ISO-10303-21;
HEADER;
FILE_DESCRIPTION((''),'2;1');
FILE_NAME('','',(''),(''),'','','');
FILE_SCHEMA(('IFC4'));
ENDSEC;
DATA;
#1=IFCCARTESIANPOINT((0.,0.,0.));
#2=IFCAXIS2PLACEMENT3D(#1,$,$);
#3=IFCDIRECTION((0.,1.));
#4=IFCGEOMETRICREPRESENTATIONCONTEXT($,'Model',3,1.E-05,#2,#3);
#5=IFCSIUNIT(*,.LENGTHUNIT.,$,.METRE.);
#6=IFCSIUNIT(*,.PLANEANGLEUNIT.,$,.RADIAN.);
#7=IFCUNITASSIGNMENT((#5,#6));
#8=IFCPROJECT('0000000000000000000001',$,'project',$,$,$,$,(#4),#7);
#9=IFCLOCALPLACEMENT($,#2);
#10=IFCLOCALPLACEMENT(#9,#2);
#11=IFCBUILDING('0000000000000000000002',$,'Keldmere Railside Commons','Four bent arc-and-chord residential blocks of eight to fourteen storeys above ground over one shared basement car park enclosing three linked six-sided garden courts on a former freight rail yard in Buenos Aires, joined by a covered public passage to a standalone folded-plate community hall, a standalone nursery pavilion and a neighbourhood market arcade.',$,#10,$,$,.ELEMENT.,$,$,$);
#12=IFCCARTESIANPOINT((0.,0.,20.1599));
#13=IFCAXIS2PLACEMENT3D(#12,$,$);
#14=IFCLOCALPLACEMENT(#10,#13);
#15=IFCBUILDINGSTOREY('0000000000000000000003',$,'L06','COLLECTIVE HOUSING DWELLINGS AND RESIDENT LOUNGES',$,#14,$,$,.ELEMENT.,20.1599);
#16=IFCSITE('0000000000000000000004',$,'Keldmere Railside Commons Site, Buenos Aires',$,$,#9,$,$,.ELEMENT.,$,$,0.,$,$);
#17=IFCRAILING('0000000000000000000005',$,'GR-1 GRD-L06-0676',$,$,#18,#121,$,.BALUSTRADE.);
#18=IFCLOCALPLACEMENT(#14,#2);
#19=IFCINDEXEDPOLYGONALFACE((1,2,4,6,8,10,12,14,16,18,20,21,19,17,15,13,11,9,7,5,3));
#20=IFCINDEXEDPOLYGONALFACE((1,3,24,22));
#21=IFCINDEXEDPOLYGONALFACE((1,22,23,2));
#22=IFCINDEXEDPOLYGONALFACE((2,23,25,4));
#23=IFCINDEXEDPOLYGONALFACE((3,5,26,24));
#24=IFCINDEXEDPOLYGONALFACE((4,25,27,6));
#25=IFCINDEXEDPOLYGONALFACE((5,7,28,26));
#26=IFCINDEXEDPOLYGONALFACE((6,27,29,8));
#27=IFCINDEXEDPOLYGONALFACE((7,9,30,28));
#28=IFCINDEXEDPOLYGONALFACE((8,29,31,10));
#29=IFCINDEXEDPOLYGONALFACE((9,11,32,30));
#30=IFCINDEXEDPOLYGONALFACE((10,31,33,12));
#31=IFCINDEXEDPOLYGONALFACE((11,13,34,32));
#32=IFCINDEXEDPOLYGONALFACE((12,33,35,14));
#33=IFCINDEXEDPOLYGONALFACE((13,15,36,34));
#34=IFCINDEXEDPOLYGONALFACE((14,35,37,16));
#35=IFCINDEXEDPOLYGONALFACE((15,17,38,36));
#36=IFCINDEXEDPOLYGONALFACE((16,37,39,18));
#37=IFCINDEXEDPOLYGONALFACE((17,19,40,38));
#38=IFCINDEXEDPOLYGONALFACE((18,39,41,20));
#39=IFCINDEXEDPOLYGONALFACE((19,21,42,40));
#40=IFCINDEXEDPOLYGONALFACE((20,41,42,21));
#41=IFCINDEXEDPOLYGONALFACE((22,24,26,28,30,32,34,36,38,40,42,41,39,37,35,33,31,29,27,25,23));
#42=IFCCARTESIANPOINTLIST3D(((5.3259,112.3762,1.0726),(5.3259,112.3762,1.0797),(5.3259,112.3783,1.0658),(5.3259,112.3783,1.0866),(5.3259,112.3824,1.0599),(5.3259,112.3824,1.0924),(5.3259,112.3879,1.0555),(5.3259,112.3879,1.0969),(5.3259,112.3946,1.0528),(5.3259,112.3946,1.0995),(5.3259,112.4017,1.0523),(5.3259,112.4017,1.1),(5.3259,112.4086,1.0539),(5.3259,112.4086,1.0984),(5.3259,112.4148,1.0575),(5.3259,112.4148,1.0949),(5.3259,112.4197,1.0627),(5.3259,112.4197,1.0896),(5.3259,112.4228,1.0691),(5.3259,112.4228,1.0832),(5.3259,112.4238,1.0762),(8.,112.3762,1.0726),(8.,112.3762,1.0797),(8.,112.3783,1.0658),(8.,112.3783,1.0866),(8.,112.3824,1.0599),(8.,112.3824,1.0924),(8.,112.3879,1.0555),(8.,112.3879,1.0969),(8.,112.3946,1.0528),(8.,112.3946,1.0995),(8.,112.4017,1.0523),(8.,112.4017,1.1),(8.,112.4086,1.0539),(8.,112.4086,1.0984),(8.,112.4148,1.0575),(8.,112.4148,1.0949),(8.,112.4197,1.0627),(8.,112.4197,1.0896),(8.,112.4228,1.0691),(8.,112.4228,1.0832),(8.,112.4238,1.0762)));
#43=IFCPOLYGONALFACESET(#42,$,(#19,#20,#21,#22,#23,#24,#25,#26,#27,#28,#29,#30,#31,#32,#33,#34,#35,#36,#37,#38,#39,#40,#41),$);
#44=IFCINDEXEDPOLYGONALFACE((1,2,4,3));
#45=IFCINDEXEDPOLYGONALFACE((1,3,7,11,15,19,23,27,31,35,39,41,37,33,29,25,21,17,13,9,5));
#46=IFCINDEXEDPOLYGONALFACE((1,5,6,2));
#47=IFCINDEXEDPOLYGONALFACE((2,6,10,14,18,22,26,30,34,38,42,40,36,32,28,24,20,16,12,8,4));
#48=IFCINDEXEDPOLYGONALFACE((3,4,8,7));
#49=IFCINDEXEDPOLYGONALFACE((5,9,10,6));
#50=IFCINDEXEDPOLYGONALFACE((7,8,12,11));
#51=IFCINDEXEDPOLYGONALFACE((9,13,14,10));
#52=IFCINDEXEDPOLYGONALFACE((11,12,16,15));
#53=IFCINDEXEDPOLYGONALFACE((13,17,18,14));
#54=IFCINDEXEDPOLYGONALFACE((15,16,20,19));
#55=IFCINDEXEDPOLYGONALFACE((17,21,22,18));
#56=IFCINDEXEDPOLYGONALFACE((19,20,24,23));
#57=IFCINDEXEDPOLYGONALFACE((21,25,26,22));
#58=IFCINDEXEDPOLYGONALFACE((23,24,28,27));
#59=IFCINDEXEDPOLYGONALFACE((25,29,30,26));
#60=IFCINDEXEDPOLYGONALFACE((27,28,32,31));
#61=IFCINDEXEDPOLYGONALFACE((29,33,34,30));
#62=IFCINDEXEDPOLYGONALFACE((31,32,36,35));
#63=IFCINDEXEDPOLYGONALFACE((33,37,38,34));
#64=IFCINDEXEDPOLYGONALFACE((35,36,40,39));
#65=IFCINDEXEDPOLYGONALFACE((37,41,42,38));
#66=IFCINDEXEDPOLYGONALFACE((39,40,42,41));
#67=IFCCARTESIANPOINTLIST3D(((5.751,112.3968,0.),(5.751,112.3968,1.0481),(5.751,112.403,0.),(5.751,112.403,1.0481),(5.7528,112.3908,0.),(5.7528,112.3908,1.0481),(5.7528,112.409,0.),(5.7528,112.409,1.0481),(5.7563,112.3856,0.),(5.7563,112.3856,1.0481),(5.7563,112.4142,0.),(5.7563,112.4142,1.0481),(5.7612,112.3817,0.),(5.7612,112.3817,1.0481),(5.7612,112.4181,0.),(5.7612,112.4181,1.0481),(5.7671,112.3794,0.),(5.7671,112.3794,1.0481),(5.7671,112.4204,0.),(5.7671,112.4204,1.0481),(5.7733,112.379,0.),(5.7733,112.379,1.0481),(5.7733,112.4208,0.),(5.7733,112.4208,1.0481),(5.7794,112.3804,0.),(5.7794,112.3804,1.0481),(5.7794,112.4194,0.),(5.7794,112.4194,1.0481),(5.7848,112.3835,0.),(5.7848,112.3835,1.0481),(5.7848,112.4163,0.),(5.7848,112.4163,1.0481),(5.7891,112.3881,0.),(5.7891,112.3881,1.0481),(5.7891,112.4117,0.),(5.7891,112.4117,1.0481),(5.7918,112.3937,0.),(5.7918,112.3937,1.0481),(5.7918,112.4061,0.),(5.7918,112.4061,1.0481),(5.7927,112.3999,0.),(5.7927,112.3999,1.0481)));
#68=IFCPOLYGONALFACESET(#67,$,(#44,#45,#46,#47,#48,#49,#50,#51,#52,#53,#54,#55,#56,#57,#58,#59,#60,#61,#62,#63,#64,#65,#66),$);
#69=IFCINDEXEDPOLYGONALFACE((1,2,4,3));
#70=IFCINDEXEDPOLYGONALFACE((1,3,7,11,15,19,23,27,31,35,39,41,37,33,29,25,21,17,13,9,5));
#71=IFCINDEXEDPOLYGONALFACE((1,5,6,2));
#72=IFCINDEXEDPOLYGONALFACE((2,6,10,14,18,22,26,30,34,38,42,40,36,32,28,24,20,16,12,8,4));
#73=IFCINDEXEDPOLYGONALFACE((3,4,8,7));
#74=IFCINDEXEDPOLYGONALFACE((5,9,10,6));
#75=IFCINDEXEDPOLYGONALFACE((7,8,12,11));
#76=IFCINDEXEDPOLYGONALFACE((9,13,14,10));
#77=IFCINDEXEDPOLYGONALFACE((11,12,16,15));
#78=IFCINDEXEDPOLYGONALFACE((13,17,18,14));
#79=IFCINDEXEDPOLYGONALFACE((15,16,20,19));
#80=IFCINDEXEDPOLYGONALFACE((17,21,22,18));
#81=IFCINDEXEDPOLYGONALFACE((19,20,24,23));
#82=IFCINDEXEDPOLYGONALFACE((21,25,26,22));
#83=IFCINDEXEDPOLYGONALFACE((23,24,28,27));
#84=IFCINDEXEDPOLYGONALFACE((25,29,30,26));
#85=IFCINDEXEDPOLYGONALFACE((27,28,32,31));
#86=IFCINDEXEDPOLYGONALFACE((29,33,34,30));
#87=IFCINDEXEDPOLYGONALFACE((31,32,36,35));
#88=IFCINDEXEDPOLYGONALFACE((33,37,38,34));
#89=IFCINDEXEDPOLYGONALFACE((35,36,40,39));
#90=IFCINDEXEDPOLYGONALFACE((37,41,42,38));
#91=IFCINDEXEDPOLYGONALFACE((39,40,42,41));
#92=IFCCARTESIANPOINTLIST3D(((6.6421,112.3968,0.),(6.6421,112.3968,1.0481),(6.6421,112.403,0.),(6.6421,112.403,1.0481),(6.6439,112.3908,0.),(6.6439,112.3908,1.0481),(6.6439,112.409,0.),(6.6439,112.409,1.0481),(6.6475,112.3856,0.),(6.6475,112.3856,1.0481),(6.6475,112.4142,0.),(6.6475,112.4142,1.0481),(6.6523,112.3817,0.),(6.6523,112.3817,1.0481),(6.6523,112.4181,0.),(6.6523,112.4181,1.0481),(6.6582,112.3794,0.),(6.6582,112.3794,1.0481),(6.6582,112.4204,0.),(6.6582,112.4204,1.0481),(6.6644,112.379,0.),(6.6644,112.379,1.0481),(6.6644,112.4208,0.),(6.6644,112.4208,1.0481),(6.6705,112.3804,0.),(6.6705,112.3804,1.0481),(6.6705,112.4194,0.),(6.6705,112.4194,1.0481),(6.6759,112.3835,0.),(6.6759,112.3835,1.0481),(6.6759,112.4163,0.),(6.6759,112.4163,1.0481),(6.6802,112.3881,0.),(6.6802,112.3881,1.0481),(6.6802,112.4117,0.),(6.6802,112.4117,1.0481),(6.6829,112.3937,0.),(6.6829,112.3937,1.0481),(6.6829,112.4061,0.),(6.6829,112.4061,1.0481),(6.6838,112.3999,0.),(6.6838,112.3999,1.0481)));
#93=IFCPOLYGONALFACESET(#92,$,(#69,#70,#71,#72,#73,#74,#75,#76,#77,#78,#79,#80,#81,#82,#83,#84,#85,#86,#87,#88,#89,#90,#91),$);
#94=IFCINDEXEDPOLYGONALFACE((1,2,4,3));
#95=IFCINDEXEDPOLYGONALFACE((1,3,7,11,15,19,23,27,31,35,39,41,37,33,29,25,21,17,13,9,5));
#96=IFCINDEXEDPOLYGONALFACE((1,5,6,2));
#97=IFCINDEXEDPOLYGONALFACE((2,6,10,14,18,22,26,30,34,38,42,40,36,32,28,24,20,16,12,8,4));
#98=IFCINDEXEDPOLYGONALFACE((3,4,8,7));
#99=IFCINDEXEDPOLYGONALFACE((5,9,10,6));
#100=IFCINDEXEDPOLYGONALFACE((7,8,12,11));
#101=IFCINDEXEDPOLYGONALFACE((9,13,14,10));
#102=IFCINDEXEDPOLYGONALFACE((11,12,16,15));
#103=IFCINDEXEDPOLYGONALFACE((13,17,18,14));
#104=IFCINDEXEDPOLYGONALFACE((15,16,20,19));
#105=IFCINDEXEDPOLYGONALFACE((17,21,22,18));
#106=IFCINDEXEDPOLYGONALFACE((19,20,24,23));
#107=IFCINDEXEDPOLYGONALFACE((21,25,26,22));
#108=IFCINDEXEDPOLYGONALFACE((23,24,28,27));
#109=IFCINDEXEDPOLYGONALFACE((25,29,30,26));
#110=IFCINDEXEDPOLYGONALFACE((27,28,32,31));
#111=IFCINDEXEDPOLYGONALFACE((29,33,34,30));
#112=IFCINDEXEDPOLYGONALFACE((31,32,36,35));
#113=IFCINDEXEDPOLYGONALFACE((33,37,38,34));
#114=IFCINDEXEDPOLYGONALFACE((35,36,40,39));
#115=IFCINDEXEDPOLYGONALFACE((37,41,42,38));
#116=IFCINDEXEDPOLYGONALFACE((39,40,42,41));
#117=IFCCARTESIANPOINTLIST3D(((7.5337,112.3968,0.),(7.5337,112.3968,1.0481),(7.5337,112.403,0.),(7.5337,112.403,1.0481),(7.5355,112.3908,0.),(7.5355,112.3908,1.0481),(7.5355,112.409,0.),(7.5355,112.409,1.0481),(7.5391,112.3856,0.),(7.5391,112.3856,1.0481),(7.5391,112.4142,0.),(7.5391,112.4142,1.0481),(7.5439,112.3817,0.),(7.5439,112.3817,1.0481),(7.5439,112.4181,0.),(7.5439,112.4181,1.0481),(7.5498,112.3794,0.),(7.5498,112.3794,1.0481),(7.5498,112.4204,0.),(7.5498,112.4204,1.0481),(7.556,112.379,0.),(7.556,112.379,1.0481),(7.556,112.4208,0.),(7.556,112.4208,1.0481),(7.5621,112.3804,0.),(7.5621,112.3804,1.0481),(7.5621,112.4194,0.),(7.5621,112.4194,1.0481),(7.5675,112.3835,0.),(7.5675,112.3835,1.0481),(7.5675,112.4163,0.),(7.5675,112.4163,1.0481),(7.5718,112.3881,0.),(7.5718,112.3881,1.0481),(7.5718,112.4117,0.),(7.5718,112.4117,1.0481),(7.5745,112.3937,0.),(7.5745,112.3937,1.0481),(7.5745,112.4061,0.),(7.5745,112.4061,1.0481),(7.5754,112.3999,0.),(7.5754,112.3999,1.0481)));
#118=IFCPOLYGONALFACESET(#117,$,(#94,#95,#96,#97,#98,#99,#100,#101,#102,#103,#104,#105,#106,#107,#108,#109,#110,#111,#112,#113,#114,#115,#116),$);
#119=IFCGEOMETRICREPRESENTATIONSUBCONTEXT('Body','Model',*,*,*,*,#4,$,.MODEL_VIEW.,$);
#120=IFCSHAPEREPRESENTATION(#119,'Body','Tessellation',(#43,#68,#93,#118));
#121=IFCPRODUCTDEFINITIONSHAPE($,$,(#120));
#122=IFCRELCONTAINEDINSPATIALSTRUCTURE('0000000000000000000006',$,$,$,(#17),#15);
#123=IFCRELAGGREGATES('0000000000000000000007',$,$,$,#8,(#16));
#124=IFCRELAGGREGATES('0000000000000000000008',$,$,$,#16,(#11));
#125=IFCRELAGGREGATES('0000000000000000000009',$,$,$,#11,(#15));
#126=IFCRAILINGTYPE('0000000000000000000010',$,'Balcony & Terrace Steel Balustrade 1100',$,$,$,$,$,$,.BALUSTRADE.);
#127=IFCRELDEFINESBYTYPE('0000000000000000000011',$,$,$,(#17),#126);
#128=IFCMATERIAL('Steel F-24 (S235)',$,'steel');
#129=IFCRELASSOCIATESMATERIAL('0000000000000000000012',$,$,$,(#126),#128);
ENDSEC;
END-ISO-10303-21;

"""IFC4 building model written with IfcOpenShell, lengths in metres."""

from ifc_helpers import new_model, si_unit, direction, frame, origin, origin_2d, place, context, subcontext, project, spatial, circle, extrude, material, type_object, element, save


model = new_model("IFC4")

# Units and contexts
model_context = context("Model", 3, precision=1e-05, world=origin(), true_north=direction((0.0, 1.0)))
body_context = subcontext(model_context, "Body", "Model", "MODEL_VIEW")
ifc_project = project(units=[si_unit("LENGTHUNIT", "METRE"), si_unit("PLANEANGLEUNIT", "RADIAN")], contexts=[model_context])

# Site, building, storey
site_placement = place(None, origin())
site = spatial("IfcSite", under=ifc_project, at=site_placement, Name="Keldmere Railside Commons Site, Buenos Aires", CompositionType="ELEMENT", RefElevation=0.0)
building_placement = place(site_placement, origin())
building = spatial("IfcBuilding", under=site, at=building_placement, Name="Keldmere Railside Commons", Description="Four bent arc-and-chord residential blocks of eight to fourteen storeys above ground over one shared basement car park enclosing three linked six-sided garden courts on a former freight rail yard in Buenos Aires, joined by a covered public passage to a standalone folded-plate community hall, a standalone nursery pavilion and a neighbourhood market arcade.", CompositionType="ELEMENT")
storey_placement = place(building_placement, frame((0.0, 0.0, 20.1599)))
storey = spatial("IfcBuildingStorey", under=building, at=storey_placement, Name="L06", Description="COLLECTIVE HOUSING DWELLINGS AND RESIDENT LOUNGES", CompositionType="ELEMENT", Elevation=20.1599)

# Railing
ifc_material_1 = material(Name="Steel F-24 (S235)", Category="steel")
railing_type = type_object("IfcRailingType", Name="Balcony & Terrace Steel Balustrade 1100", PredefinedType="BALUSTRADE", material=ifc_material_1)
railing_1_placement = place(storey_placement, frame((5.3259, 112.3999, 0.0)))
element("IfcRailing", 1, at=railing_1_placement, inside=storey, type_object=railing_type, Name="GR-1 GRD-L06-0676", PredefinedType="BALUSTRADE", context=body_context, shape_type="SweptSolid", body=[
    extrude(circle(Radius=0.0239, at=origin_2d()), frame((0.0, 0.0, 1.0762), z_axis=(1.0, 0.0, 0.0), x_axis=(0.0, 1.0, 0.0)), (0.0, 0.0, 1.0), 2.6741),
    extrude(circle(Radius=0.021, at=origin_2d()), frame((0.4458, 0.0, 0.0)), (0.0, 0.0, 1.0), 1.0481),
    extrude(circle(Radius=0.021, at=origin_2d()), frame((1.3369, 0.0, 0.0)), (0.0, 0.0, 1.0), 1.0481),
    extrude(circle(Radius=0.021, at=origin_2d()), frame((2.2285, 0.0, 0.0)), (0.0, 0.0, 1.0), 1.0481),
])

save(model, "model.ifc")
